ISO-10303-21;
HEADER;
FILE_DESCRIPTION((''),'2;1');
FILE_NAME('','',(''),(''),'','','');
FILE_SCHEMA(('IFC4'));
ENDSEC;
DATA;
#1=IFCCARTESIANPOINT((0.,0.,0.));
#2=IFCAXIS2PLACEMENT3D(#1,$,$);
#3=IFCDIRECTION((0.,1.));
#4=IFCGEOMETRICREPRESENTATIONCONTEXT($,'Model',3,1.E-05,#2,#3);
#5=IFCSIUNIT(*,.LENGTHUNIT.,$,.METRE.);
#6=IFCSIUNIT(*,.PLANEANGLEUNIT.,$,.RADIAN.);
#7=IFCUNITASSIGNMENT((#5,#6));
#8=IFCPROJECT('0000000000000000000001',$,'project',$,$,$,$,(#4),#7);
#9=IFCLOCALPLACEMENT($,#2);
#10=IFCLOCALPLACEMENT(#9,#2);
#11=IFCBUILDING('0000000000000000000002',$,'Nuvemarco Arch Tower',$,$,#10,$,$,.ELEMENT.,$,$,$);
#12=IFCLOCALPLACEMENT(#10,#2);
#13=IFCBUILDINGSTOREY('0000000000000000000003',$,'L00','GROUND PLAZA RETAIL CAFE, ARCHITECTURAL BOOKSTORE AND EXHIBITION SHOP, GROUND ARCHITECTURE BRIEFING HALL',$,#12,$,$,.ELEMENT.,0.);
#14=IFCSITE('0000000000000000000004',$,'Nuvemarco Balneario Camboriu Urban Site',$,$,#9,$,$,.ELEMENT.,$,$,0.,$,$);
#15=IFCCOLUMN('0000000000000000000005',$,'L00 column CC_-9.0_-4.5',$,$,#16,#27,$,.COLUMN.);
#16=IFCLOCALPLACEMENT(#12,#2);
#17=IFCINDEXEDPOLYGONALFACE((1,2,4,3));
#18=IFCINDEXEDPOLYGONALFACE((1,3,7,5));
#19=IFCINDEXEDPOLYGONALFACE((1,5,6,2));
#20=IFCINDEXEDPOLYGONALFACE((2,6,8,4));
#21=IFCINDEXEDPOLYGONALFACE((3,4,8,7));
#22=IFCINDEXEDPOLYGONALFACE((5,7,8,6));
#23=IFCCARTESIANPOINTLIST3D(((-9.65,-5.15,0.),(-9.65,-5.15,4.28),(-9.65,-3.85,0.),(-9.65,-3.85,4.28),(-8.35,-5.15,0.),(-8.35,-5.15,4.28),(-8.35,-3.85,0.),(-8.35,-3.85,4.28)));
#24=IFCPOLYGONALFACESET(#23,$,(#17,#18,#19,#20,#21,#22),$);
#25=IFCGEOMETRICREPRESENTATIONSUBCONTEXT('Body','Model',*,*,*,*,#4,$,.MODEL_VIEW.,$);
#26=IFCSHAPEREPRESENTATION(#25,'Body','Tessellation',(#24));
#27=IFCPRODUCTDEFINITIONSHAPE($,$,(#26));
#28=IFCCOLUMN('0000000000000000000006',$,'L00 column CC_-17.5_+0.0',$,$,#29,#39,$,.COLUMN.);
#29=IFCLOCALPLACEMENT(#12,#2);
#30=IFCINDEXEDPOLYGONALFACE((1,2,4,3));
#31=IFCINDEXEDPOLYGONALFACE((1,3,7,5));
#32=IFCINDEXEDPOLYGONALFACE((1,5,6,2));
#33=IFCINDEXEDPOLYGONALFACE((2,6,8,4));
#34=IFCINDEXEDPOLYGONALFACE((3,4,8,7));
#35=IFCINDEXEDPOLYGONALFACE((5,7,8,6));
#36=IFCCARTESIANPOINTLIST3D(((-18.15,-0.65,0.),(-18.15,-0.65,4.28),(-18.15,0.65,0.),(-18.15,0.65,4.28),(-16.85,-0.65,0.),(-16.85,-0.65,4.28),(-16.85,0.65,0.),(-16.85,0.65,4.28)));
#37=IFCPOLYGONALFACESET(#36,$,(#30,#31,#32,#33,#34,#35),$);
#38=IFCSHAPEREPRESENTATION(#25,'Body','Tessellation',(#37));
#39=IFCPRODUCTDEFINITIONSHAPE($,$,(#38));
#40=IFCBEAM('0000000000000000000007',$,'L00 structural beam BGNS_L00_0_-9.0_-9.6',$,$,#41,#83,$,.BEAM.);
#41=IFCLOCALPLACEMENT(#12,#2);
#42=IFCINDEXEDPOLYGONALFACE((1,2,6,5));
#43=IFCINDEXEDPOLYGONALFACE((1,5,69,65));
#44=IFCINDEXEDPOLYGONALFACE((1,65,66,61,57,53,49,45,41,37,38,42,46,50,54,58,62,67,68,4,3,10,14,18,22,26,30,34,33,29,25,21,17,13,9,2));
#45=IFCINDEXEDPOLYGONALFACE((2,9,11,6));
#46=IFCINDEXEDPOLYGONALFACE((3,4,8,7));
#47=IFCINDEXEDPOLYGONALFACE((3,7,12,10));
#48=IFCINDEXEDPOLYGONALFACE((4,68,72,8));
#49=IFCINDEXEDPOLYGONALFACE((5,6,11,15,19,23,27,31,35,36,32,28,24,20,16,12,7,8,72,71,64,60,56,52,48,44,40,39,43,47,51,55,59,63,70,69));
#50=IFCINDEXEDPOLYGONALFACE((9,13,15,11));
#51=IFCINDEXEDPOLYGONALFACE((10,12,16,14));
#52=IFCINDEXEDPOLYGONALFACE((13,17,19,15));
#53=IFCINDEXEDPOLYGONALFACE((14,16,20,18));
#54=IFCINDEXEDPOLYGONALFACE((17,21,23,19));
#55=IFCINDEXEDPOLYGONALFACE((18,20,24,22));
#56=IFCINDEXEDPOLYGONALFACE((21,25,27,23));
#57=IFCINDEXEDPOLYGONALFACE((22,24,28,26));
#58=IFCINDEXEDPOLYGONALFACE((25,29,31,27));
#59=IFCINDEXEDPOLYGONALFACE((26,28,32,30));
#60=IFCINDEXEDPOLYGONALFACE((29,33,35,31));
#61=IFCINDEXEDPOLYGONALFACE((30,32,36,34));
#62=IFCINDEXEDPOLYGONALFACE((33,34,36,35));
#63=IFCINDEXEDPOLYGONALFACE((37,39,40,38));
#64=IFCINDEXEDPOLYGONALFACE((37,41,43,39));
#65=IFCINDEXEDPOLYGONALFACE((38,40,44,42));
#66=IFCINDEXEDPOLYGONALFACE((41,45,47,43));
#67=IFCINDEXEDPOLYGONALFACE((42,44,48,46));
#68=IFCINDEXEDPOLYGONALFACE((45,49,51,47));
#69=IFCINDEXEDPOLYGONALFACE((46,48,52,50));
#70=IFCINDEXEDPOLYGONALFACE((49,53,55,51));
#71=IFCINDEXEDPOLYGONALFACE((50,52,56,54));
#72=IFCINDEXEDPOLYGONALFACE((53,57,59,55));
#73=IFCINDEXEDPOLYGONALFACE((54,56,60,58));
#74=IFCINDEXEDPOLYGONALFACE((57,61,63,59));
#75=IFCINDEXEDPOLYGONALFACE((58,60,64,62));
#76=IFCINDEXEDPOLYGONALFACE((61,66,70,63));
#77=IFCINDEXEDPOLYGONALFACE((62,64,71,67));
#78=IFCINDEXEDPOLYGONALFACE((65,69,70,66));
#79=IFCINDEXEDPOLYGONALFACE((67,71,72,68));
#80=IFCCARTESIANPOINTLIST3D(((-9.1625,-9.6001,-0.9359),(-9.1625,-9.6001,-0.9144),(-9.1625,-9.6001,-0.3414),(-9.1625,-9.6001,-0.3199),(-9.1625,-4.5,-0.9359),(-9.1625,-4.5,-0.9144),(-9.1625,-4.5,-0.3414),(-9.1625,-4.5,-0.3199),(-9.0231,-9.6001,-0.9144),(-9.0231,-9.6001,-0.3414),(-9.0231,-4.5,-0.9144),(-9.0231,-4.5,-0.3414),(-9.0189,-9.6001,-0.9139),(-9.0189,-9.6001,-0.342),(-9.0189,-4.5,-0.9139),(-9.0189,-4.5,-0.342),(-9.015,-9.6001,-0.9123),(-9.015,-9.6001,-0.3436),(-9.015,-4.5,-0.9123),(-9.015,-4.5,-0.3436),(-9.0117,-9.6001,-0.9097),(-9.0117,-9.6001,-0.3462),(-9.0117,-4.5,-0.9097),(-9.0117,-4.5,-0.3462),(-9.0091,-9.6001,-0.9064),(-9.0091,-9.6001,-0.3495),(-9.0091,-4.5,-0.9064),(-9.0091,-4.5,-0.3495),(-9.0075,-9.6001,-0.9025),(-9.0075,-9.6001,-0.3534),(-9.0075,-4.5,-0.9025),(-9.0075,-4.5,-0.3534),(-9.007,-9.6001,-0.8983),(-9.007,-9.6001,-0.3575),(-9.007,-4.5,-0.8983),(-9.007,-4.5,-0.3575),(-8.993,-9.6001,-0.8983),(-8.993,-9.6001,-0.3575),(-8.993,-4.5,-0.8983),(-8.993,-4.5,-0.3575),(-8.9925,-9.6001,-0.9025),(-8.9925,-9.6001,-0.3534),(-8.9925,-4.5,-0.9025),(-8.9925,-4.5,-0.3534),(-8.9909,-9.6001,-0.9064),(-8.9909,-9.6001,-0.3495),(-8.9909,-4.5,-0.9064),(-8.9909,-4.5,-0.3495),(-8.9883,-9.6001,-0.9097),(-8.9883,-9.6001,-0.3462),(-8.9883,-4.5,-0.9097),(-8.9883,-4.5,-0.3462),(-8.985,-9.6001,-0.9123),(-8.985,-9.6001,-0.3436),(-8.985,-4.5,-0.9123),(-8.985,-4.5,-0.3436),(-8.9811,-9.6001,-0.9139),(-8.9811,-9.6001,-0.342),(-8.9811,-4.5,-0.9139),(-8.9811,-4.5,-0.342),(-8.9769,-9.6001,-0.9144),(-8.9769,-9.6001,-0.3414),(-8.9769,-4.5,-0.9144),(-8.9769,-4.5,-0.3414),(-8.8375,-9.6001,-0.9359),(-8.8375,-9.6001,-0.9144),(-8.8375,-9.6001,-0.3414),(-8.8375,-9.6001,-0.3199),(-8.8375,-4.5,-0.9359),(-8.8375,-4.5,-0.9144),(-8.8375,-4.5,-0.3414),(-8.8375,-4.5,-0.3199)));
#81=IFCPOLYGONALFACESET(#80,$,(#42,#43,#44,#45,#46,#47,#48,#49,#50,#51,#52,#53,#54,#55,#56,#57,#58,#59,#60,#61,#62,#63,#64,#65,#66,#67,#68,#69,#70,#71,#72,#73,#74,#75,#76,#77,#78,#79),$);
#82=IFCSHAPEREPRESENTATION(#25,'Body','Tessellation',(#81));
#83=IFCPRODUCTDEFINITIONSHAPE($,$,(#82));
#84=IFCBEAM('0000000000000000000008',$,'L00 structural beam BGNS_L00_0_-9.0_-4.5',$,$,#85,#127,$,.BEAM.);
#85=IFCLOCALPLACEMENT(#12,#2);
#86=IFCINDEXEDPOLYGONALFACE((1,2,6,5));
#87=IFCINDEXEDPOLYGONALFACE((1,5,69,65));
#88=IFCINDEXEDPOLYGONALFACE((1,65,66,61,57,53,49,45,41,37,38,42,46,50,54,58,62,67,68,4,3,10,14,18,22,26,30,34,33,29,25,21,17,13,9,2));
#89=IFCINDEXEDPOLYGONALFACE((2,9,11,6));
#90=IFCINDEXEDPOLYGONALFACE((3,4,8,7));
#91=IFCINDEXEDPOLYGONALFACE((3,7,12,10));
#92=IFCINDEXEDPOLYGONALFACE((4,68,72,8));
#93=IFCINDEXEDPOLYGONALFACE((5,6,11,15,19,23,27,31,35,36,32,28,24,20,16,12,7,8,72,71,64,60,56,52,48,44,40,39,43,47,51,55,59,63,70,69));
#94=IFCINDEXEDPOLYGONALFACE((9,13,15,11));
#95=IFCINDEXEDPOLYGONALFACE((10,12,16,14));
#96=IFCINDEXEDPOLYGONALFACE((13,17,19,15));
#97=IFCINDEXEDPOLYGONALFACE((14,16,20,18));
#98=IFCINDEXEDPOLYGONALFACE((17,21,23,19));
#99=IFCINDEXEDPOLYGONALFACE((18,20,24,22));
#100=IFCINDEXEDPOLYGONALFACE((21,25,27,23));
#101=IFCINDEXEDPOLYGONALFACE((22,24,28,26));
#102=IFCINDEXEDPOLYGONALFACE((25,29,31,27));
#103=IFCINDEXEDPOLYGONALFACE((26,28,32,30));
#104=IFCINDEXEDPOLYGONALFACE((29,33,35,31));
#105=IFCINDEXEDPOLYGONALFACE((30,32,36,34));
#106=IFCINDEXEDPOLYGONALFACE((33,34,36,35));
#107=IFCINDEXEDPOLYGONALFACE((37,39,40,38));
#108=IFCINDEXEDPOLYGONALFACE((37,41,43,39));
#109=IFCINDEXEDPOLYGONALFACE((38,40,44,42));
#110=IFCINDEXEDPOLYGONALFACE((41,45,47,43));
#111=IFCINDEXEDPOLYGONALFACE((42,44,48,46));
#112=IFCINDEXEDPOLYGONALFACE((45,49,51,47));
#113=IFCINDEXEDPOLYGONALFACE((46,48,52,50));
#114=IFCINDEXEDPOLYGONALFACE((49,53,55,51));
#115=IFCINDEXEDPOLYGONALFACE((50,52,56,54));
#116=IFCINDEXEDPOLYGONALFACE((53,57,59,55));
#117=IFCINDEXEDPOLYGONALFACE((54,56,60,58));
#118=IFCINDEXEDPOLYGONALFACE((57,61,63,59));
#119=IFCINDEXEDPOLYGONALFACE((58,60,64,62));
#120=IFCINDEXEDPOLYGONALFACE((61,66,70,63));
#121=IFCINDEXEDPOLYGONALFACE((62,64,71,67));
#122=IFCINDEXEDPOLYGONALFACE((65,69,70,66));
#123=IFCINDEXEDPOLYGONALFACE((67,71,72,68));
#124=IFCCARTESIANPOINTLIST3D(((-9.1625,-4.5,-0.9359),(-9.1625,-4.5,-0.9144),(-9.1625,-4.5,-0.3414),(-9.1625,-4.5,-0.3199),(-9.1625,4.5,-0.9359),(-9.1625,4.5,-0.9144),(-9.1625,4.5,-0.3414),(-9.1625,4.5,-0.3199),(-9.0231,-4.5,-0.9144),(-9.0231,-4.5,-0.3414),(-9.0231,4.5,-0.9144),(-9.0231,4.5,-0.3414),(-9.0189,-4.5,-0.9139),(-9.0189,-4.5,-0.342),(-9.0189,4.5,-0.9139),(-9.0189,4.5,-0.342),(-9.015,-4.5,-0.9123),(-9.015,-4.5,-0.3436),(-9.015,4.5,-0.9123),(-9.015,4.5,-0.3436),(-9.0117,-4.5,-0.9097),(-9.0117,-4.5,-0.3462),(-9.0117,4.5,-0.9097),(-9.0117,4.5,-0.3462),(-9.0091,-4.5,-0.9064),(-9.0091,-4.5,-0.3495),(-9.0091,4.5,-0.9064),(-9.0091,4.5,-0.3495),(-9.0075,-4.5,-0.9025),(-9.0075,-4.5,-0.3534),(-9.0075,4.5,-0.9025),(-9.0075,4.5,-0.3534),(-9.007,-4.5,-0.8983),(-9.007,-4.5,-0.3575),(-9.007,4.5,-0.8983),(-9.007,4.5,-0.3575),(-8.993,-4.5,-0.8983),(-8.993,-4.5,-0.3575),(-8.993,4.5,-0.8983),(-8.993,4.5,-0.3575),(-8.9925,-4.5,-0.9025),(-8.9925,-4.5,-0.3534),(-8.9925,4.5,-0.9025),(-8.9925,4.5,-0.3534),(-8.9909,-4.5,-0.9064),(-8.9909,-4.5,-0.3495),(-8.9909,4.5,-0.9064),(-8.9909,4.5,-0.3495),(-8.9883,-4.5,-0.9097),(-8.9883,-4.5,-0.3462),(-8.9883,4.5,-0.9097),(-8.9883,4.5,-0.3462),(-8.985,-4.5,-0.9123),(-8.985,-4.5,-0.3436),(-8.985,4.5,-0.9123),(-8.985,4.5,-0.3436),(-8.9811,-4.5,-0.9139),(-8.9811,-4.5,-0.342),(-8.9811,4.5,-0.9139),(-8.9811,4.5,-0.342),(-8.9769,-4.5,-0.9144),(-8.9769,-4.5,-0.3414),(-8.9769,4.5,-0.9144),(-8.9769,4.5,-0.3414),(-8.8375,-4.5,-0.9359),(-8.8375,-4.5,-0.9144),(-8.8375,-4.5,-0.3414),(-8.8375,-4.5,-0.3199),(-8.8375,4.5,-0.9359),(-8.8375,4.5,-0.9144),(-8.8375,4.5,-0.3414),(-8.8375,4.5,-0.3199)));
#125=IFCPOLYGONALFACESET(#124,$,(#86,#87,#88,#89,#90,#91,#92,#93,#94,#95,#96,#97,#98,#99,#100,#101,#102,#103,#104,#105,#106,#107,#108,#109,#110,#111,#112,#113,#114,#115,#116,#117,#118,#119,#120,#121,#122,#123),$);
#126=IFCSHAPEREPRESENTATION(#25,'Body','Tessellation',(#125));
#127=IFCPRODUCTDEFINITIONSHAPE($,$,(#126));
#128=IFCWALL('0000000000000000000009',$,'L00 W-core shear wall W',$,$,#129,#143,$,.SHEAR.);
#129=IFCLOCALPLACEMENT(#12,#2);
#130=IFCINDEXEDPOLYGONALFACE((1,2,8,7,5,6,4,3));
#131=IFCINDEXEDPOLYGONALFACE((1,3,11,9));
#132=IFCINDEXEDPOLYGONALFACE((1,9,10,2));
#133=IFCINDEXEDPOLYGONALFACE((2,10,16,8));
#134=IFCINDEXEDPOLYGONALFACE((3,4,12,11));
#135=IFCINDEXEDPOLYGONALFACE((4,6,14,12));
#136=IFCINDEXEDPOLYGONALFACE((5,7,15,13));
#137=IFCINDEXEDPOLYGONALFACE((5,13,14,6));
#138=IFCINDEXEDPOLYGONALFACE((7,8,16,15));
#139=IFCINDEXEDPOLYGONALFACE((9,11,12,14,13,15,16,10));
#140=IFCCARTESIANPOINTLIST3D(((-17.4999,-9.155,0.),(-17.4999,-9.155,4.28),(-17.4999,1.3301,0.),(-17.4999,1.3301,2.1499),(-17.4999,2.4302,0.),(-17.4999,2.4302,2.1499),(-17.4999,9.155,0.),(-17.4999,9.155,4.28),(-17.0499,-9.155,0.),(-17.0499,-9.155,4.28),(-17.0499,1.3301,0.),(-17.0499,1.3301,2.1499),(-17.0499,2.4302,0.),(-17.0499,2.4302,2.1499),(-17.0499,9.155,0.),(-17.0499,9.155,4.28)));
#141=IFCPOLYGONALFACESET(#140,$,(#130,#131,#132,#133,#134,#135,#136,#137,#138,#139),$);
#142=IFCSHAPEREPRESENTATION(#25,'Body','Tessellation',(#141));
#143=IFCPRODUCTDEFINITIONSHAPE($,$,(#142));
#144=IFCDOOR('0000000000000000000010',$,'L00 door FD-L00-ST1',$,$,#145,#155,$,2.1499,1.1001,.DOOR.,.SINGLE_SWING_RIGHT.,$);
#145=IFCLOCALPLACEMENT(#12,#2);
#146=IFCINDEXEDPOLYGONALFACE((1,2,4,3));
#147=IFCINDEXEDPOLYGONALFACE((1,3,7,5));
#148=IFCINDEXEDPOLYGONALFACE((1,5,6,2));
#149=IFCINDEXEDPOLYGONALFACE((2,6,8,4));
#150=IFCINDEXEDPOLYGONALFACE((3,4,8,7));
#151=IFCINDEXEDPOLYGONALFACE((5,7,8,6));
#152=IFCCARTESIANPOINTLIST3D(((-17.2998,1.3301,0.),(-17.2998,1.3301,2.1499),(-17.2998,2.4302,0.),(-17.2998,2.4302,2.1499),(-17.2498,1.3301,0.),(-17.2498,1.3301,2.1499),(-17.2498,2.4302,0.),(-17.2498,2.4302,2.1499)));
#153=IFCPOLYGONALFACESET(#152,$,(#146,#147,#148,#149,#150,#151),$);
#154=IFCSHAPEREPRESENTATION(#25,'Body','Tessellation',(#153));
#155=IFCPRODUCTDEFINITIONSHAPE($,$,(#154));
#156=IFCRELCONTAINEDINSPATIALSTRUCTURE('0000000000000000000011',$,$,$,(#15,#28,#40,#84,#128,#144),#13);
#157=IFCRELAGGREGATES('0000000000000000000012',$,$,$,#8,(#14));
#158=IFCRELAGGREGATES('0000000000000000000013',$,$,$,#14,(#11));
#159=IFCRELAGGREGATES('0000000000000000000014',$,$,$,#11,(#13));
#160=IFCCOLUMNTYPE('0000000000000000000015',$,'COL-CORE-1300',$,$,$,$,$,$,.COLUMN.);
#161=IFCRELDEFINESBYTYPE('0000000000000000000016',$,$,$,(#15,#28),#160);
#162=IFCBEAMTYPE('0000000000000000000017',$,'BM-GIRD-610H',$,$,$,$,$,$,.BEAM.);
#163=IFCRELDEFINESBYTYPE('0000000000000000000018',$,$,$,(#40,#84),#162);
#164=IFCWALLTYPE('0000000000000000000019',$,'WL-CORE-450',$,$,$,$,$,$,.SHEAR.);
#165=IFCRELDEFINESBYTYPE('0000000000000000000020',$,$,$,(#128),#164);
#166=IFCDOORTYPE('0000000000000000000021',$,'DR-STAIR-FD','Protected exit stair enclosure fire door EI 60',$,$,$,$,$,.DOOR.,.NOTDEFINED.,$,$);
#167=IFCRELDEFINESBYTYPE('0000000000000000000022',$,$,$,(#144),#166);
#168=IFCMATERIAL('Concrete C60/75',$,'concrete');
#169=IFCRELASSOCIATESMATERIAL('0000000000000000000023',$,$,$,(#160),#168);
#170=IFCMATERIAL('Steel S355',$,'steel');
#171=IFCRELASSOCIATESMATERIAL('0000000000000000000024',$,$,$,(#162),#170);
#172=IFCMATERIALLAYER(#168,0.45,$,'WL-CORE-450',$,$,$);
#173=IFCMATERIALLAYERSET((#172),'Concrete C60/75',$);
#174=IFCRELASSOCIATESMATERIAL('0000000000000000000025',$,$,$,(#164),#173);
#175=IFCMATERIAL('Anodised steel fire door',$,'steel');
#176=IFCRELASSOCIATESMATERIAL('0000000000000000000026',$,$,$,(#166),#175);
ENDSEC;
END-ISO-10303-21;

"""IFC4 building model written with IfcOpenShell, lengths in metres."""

from ifc_helpers import new_model, si_unit, direction, frame, frame_2d, origin, origin_2d, place, context, subcontext, project, spatial, rectangle, i_section, extrude, source, transform, mapped, material, layer, layer_set, material_profile, profile_set, type_object, type_shapes, element, fill, save


model = new_model("IFC4")

# Units and contexts
model_context = context("Model", 3, precision=1e-05, world=origin(), true_north=direction((0.0, 1.0)))
body_context = subcontext(model_context, "Body", "Model", "MODEL_VIEW")
ifc_project = project(units=[si_unit("LENGTHUNIT", "METRE"), si_unit("PLANEANGLEUNIT", "RADIAN")], contexts=[model_context])

# Site, building, storey
site_placement = place(None, origin())
site = spatial("IfcSite", under=ifc_project, at=site_placement, Name="Nuvemarco Balneario Camboriu Urban Site", CompositionType="ELEMENT", RefElevation=0.0)
building_placement = place(site_placement, origin())
building = spatial("IfcBuilding", under=site, at=building_placement, Name="Nuvemarco Arch Tower", CompositionType="ELEMENT")
storey_placement = place(building_placement, origin())
storey = spatial("IfcBuildingStorey", under=building, at=storey_placement, Name="L00", Description="GROUND PLAZA RETAIL CAFE, ARCHITECTURAL BOOKSTORE AND EXHIBITION SHOP, GROUND ARCHITECTURE BRIEFING HALL", CompositionType="ELEMENT", Elevation=0.0)

# Columns
ifc_material_1 = material(Name="Concrete C60/75", Category="concrete")
ifc_material_profile_1 = material_profile(ifc_material_1, rectangle(XDim=1.3, YDim=1.3, at=origin_2d()), Name="RC-COL-1300x1300")
ifc_profile_set_1 = profile_set([ifc_material_profile_1], Name="Concrete C60/75")
column_type = type_object("IfcColumnType", Name="COL-CORE-1300", PredefinedType="COLUMN", material=ifc_profile_set_1)
for number, where, z_axis, x_axis, name in (
    (1, (-9.0, -4.5, 0.0), (0.0, 0.0, 1.0), (1.0, 0.0, 0.0), "L00 column CC_-9.0_-4.5"),
    (2, (-17.5, 0.0, 0.0), (0.0, 0.0, 1.0), (1.0, 0.0, 0.0), "L00 column CC_-17.5_+0.0"),
):
    element("IfcColumn", number, at=place(storey_placement, frame(where, z_axis=z_axis, x_axis=x_axis)), inside=storey, type_object=column_type, Name=name, PredefinedType="COLUMN", context=body_context, shape_type="SweptSolid", body=[
        extrude(rectangle(XDim=1.3, YDim=1.3, at=origin_2d()), origin(), (0.0, 0.0, 1.0), 4.28),
    ])

# Beams
ifc_material_2 = material(Name="Steel S355", Category="steel")
ifc_material_profile_2 = material_profile(ifc_material_2, i_section(OverallWidth=0.325, OverallDepth=0.616, WebThickness=0.0139, FlangeThickness=0.0215, FilletRadius=0.0161, at=origin_2d()), Name="W610x174")
ifc_profile_set_2 = profile_set([ifc_material_profile_2], Name="Steel S355")
beam_type = type_object("IfcBeamType", Name="BM-GIRD-610H", PredefinedType="BEAM", material=ifc_profile_set_2)
beam_1_placement = place(storey_placement, frame((-9.0, -9.6001, -0.6279), z_axis=(0.0, 1.0, 0.0), x_axis=(-1.0, 0.0, 0.0)))
element("IfcBeam", 3, at=beam_1_placement, inside=storey, type_object=beam_type, Name="L00 structural beam BGNS_L00_0_-9.0_-9.6", PredefinedType="BEAM", context=body_context, shape_type="SweptSolid", body=[
    extrude(i_section(OverallWidth=0.325, OverallDepth=0.616, WebThickness=0.0139, FlangeThickness=0.0215, FilletRadius=0.0161, at=origin_2d()), origin(), (0.0, 0.0, 1.0), 5.1001),
])
beam_2_placement = place(storey_placement, frame((-9.0, -4.5, -0.6279), z_axis=(0.0, 1.0, 0.0), x_axis=(-1.0, 0.0, 0.0)))
element("IfcBeam", 4, at=beam_2_placement, inside=storey, type_object=beam_type, Name="L00 structural beam BGNS_L00_0_-9.0_-4.5", PredefinedType="BEAM", context=body_context, shape_type="SweptSolid", body=[
    extrude(i_section(OverallWidth=0.325, OverallDepth=0.616, WebThickness=0.0139, FlangeThickness=0.0215, FilletRadius=0.0161, at=origin_2d()), origin(), (0.0, 0.0, 1.0), 9.0),
])

# Wall, opening, door
ifc_layer_1 = layer(ifc_material_1, 0.45, Name="WL-CORE-450")
ifc_layer_set_1 = layer_set([ifc_layer_1], Name="Concrete C60/75")
wall_type_1 = type_object("IfcWallType", Name="WL-CORE-450", PredefinedType="SHEAR", material=ifc_layer_set_1)
wall_1_placement = place(storey_placement, frame((-17.2749, -9.155, 0.0), z_axis=(0.0, 0.0, 1.0), x_axis=(0.0, 1.0, 0.0)))
wall_1 = element("IfcWall", 5, at=wall_1_placement, inside=storey, type_object=wall_type_1, Name="L00 W-core shear wall W", PredefinedType="SHEAR", context=body_context, shape_type="SweptSolid", body=[
    extrude(rectangle(XDim=18.3101, YDim=0.45, at=frame_2d((9.155, 0.0))), origin(), (0.0, 0.0, 1.0), 4.28),
])
opening_1_placement = place(wall_1_placement, frame((10.4851, 0.0, 0.0)))
opening_1 = element("IfcOpeningElement", 6, at=opening_1_placement, cuts=wall_1, PredefinedType="OPENING", context=body_context, shape_type="SweptSolid", body=[
    extrude(rectangle(XDim=1.1001, YDim=2.1499, at=frame_2d((0.55, 1.075))), frame((0.0, 0.2349, 0.0), z_axis=(0.0, -1.0, 0.0), x_axis=(1.0, 0.0, 0.0)), (0.0, 0.0, 1.0), 0.47),
])
ifc_material_3 = material(Name="Anodised steel fire door", Category="steel")
door_type_1 = type_object("IfcDoorType", Name="DR-STAIR-FD", Description="Protected exit stair enclosure fire door EI 60", OperationType="NOTDEFINED", PredefinedType="DOOR", material=ifc_material_3)
shared_shape_1 = source(origin(), body_context, "Body", "SweptSolid", [
    extrude(rectangle(XDim=1.1001, YDim=2.1499, at=frame_2d((0.55, 1.075))), frame((0.0, 0.0249, 0.0), z_axis=(0.0, -1.0, 0.0), x_axis=(1.0, 0.0, 0.0)), (0.0, 0.0, 1.0), 0.05),
])
type_shapes(door_type_1, [shared_shape_1])
door_1_placement = place(opening_1_placement, origin())
door_1 = element("IfcDoor", 7, at=door_1_placement, inside=storey, type_object=door_type_1, Name="L00 door FD-L00-ST1", OperationType="SINGLE_SWING_RIGHT", OverallHeight=2.1499, OverallWidth=1.1001, PredefinedType="DOOR", context=body_context, shape_type="MappedRepresentation", body=[
    mapped(shared_shape_1, transform((0.0, 0.0, 0.0), scale=1.0)),
])
fill(opening_1, door_1)

save(model, "model.ifc")
